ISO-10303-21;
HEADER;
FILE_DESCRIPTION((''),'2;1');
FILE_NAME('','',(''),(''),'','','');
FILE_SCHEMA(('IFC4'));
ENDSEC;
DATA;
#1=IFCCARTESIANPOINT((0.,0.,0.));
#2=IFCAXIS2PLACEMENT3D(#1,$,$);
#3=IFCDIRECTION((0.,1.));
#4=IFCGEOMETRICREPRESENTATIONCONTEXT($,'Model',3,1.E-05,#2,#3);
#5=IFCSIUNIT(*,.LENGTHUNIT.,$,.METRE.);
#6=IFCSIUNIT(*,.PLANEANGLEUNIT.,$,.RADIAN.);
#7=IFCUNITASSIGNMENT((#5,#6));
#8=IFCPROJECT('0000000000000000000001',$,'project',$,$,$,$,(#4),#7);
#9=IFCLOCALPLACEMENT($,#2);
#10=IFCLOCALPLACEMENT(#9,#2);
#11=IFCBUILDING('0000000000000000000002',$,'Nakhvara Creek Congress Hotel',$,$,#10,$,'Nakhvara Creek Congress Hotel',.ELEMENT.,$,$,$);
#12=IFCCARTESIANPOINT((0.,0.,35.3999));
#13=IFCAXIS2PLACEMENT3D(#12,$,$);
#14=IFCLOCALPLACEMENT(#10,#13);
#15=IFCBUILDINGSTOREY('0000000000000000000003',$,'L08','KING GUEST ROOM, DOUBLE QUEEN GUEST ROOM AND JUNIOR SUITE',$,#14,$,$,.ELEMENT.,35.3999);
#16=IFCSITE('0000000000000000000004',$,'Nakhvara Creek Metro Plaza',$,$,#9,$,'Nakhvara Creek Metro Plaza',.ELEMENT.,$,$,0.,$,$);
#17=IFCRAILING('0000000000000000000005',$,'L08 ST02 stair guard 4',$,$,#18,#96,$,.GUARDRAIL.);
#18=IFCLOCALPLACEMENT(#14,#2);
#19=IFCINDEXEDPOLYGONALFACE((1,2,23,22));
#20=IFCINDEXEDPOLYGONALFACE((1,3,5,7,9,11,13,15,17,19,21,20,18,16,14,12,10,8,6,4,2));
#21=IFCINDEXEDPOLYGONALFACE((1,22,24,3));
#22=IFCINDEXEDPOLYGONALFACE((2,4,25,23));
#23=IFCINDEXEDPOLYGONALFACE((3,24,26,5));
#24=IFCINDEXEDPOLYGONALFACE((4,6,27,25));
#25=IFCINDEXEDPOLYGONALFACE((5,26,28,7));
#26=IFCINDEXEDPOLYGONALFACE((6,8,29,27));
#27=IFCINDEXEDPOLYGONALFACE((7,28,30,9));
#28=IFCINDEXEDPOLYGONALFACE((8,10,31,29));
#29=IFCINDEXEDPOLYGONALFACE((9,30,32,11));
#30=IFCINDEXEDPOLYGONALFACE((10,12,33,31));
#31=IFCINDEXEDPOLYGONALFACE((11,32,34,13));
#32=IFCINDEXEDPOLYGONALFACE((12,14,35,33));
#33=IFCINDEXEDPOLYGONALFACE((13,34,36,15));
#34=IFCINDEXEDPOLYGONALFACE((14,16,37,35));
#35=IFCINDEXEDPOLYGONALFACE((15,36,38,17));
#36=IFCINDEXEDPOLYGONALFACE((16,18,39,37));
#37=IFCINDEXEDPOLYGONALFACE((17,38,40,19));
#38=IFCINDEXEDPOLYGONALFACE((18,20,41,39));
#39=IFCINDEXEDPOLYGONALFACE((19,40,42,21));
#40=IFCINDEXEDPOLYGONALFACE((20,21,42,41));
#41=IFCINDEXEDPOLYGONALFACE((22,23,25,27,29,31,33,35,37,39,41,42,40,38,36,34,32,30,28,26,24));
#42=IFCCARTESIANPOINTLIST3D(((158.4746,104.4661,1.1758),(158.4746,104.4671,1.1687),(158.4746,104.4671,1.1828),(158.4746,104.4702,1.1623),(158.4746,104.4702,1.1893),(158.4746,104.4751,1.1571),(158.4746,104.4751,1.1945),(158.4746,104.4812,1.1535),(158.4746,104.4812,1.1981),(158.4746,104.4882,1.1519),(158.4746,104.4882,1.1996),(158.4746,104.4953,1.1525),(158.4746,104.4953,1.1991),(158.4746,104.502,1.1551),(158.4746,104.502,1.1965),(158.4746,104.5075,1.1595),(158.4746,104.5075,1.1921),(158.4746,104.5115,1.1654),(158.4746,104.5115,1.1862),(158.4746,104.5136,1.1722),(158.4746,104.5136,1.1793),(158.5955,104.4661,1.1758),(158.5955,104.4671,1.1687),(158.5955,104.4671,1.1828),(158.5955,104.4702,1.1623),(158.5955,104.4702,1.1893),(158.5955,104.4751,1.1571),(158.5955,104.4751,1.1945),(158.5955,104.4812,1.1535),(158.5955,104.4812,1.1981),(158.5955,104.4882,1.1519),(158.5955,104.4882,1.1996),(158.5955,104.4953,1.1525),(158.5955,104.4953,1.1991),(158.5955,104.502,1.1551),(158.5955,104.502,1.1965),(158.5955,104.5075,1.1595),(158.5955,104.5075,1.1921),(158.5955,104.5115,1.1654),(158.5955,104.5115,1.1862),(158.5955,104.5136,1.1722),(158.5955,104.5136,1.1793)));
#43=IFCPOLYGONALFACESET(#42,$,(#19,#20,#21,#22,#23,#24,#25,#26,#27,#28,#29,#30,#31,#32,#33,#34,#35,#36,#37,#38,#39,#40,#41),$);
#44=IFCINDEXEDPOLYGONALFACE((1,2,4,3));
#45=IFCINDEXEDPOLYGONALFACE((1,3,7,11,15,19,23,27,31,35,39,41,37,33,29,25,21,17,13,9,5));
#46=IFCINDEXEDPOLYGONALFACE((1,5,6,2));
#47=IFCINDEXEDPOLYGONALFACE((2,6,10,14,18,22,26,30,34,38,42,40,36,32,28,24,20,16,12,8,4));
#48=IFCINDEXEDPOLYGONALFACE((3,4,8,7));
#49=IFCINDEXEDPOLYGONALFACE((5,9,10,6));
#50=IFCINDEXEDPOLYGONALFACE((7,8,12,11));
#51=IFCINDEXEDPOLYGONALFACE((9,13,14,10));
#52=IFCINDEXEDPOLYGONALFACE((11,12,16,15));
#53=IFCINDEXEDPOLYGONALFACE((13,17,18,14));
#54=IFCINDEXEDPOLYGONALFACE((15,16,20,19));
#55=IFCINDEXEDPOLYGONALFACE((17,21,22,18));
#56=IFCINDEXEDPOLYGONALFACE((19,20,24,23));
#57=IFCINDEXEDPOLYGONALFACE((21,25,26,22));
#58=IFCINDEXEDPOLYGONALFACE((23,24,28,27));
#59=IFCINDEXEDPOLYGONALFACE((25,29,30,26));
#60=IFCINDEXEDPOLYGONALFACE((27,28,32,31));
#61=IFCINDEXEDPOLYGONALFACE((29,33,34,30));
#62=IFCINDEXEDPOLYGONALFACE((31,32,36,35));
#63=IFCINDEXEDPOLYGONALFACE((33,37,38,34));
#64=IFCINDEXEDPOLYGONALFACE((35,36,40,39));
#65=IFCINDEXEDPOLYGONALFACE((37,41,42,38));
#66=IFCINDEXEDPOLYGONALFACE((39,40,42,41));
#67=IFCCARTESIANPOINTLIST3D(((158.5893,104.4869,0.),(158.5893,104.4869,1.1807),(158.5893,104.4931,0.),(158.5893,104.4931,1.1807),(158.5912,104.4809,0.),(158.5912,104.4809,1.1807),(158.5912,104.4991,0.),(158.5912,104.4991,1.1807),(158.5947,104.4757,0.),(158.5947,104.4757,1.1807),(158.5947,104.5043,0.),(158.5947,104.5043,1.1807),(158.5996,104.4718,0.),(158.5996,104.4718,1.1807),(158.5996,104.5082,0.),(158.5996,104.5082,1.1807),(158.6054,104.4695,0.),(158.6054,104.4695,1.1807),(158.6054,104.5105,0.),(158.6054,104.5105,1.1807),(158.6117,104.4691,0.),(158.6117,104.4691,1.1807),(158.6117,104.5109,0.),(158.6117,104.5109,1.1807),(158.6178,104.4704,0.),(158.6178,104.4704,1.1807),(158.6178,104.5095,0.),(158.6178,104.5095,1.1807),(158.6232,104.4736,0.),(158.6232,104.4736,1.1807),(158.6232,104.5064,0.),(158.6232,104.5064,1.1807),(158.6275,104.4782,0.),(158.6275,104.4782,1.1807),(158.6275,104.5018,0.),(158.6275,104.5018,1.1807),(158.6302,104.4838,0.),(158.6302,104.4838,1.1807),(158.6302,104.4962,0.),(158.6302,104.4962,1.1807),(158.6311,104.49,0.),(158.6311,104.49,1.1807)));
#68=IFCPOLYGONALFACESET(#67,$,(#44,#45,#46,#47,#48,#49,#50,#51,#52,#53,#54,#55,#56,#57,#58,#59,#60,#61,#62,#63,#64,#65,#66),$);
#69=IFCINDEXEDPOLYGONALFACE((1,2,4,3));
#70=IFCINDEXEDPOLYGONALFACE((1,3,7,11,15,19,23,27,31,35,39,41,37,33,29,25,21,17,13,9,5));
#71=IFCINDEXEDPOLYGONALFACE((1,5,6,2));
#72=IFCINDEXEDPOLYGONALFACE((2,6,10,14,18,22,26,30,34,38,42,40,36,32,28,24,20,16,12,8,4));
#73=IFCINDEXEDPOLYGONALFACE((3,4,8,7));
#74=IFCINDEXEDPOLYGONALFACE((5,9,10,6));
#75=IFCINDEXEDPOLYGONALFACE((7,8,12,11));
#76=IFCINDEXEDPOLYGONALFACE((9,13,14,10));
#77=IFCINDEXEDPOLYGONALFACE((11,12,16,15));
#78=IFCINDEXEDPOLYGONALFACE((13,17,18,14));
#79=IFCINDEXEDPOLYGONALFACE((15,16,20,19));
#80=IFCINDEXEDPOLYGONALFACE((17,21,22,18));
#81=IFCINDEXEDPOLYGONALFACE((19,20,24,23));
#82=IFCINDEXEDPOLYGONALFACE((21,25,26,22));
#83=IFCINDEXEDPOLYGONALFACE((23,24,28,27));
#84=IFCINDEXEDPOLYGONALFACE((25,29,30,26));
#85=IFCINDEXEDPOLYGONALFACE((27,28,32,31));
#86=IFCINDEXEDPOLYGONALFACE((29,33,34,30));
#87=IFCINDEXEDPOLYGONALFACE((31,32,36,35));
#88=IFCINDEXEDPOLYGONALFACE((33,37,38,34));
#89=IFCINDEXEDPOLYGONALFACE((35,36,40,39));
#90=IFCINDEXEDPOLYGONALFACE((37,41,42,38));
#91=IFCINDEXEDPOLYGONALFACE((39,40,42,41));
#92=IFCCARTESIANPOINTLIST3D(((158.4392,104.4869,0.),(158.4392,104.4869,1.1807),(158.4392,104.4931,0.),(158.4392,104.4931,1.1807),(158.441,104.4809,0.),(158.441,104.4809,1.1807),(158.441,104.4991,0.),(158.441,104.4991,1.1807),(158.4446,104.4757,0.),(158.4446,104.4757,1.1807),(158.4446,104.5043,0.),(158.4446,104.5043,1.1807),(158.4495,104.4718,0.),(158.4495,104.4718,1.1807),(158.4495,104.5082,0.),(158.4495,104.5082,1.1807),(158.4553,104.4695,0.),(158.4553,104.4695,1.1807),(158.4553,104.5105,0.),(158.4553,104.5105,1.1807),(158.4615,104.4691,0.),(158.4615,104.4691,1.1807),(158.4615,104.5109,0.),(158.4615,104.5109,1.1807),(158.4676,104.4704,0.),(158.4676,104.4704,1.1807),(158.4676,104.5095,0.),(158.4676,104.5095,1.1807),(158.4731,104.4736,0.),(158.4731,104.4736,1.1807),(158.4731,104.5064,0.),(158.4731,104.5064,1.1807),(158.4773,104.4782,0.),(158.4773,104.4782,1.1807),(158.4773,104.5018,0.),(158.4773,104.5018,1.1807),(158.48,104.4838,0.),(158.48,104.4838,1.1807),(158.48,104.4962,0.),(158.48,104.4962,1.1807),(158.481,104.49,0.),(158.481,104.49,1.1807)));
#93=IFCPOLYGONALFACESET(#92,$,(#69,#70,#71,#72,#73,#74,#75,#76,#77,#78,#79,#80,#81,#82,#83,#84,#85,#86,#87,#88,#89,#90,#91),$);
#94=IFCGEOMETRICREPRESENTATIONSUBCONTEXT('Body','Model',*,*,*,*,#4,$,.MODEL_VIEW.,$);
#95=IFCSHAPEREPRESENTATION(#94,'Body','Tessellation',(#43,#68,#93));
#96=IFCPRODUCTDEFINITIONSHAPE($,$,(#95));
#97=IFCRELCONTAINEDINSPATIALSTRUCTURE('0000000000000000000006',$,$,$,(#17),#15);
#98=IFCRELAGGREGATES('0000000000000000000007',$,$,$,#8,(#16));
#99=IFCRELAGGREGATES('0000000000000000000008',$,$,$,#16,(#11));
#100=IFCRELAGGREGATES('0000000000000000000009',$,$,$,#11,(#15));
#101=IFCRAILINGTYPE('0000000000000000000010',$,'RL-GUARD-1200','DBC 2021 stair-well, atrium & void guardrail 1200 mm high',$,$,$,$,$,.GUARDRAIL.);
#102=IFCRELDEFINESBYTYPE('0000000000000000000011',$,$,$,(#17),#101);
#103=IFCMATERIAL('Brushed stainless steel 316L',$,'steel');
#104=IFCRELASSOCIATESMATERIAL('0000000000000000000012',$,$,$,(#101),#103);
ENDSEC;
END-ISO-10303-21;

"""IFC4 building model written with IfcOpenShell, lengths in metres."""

from ifc_helpers import new_model, si_unit, direction, frame, origin, origin_2d, place, context, subcontext, project, spatial, circle, extrude, material, type_object, element, save


model = new_model("IFC4")

# Units and contexts
model_context = context("Model", 3, precision=1e-05, world=origin(), true_north=direction((0.0, 1.0)))
body_context = subcontext(model_context, "Body", "Model", "MODEL_VIEW")
ifc_project = project(units=[si_unit("LENGTHUNIT", "METRE"), si_unit("PLANEANGLEUNIT", "RADIAN")], contexts=[model_context])

# Site, building, storey
site_placement = place(None, origin())
site = spatial("IfcSite", under=ifc_project, at=site_placement, Name="Nakhvara Creek Metro Plaza", LongName="Nakhvara Creek Metro Plaza", CompositionType="ELEMENT", RefElevation=0.0)
building_placement = place(site_placement, origin())
building = spatial("IfcBuilding", under=site, at=building_placement, Name="Nakhvara Creek Congress Hotel", LongName="Nakhvara Creek Congress Hotel", CompositionType="ELEMENT")
storey_placement = place(building_placement, frame((0.0, 0.0, 35.3999)))
storey = spatial("IfcBuildingStorey", under=building, at=storey_placement, Name="L08", Description="KING GUEST ROOM, DOUBLE QUEEN GUEST ROOM AND JUNIOR SUITE", CompositionType="ELEMENT", Elevation=35.3999)

# Railing
ifc_material_1 = material(Name="Brushed stainless steel 316L", Category="steel")
railing_type_1 = type_object("IfcRailingType", Name="RL-GUARD-1200", Description="DBC 2021 stair-well, atrium & void guardrail 1200 mm high", PredefinedType="GUARDRAIL", material=ifc_material_1)
railing_1_placement = place(storey_placement, frame((158.6101, 104.49, 0.0)))
element("IfcRailing", 1, at=railing_1_placement, inside=storey, type_object=railing_type_1, Name="L08 ST02 stair guard 4", PredefinedType="GUARDRAIL", context=body_context, shape_type="SweptSolid", body=[
    extrude(circle(Radius=0.0239, at=origin_2d()), frame((-0.0146, 0.0, 1.1758), z_axis=(-1.0, 0.0, 0.0), x_axis=(0.0, -1.0, 0.0)), (0.0, 0.0, 1.0), 0.1208),
    extrude(circle(Radius=0.021, at=origin_2d()), origin(), (0.0, 0.0, 1.0), 1.1807),
    extrude(circle(Radius=0.021, at=origin_2d()), frame((-0.1501, 0.0, 0.0)), (0.0, 0.0, 1.0), 1.1807),
])

save(model, "model.ifc")
